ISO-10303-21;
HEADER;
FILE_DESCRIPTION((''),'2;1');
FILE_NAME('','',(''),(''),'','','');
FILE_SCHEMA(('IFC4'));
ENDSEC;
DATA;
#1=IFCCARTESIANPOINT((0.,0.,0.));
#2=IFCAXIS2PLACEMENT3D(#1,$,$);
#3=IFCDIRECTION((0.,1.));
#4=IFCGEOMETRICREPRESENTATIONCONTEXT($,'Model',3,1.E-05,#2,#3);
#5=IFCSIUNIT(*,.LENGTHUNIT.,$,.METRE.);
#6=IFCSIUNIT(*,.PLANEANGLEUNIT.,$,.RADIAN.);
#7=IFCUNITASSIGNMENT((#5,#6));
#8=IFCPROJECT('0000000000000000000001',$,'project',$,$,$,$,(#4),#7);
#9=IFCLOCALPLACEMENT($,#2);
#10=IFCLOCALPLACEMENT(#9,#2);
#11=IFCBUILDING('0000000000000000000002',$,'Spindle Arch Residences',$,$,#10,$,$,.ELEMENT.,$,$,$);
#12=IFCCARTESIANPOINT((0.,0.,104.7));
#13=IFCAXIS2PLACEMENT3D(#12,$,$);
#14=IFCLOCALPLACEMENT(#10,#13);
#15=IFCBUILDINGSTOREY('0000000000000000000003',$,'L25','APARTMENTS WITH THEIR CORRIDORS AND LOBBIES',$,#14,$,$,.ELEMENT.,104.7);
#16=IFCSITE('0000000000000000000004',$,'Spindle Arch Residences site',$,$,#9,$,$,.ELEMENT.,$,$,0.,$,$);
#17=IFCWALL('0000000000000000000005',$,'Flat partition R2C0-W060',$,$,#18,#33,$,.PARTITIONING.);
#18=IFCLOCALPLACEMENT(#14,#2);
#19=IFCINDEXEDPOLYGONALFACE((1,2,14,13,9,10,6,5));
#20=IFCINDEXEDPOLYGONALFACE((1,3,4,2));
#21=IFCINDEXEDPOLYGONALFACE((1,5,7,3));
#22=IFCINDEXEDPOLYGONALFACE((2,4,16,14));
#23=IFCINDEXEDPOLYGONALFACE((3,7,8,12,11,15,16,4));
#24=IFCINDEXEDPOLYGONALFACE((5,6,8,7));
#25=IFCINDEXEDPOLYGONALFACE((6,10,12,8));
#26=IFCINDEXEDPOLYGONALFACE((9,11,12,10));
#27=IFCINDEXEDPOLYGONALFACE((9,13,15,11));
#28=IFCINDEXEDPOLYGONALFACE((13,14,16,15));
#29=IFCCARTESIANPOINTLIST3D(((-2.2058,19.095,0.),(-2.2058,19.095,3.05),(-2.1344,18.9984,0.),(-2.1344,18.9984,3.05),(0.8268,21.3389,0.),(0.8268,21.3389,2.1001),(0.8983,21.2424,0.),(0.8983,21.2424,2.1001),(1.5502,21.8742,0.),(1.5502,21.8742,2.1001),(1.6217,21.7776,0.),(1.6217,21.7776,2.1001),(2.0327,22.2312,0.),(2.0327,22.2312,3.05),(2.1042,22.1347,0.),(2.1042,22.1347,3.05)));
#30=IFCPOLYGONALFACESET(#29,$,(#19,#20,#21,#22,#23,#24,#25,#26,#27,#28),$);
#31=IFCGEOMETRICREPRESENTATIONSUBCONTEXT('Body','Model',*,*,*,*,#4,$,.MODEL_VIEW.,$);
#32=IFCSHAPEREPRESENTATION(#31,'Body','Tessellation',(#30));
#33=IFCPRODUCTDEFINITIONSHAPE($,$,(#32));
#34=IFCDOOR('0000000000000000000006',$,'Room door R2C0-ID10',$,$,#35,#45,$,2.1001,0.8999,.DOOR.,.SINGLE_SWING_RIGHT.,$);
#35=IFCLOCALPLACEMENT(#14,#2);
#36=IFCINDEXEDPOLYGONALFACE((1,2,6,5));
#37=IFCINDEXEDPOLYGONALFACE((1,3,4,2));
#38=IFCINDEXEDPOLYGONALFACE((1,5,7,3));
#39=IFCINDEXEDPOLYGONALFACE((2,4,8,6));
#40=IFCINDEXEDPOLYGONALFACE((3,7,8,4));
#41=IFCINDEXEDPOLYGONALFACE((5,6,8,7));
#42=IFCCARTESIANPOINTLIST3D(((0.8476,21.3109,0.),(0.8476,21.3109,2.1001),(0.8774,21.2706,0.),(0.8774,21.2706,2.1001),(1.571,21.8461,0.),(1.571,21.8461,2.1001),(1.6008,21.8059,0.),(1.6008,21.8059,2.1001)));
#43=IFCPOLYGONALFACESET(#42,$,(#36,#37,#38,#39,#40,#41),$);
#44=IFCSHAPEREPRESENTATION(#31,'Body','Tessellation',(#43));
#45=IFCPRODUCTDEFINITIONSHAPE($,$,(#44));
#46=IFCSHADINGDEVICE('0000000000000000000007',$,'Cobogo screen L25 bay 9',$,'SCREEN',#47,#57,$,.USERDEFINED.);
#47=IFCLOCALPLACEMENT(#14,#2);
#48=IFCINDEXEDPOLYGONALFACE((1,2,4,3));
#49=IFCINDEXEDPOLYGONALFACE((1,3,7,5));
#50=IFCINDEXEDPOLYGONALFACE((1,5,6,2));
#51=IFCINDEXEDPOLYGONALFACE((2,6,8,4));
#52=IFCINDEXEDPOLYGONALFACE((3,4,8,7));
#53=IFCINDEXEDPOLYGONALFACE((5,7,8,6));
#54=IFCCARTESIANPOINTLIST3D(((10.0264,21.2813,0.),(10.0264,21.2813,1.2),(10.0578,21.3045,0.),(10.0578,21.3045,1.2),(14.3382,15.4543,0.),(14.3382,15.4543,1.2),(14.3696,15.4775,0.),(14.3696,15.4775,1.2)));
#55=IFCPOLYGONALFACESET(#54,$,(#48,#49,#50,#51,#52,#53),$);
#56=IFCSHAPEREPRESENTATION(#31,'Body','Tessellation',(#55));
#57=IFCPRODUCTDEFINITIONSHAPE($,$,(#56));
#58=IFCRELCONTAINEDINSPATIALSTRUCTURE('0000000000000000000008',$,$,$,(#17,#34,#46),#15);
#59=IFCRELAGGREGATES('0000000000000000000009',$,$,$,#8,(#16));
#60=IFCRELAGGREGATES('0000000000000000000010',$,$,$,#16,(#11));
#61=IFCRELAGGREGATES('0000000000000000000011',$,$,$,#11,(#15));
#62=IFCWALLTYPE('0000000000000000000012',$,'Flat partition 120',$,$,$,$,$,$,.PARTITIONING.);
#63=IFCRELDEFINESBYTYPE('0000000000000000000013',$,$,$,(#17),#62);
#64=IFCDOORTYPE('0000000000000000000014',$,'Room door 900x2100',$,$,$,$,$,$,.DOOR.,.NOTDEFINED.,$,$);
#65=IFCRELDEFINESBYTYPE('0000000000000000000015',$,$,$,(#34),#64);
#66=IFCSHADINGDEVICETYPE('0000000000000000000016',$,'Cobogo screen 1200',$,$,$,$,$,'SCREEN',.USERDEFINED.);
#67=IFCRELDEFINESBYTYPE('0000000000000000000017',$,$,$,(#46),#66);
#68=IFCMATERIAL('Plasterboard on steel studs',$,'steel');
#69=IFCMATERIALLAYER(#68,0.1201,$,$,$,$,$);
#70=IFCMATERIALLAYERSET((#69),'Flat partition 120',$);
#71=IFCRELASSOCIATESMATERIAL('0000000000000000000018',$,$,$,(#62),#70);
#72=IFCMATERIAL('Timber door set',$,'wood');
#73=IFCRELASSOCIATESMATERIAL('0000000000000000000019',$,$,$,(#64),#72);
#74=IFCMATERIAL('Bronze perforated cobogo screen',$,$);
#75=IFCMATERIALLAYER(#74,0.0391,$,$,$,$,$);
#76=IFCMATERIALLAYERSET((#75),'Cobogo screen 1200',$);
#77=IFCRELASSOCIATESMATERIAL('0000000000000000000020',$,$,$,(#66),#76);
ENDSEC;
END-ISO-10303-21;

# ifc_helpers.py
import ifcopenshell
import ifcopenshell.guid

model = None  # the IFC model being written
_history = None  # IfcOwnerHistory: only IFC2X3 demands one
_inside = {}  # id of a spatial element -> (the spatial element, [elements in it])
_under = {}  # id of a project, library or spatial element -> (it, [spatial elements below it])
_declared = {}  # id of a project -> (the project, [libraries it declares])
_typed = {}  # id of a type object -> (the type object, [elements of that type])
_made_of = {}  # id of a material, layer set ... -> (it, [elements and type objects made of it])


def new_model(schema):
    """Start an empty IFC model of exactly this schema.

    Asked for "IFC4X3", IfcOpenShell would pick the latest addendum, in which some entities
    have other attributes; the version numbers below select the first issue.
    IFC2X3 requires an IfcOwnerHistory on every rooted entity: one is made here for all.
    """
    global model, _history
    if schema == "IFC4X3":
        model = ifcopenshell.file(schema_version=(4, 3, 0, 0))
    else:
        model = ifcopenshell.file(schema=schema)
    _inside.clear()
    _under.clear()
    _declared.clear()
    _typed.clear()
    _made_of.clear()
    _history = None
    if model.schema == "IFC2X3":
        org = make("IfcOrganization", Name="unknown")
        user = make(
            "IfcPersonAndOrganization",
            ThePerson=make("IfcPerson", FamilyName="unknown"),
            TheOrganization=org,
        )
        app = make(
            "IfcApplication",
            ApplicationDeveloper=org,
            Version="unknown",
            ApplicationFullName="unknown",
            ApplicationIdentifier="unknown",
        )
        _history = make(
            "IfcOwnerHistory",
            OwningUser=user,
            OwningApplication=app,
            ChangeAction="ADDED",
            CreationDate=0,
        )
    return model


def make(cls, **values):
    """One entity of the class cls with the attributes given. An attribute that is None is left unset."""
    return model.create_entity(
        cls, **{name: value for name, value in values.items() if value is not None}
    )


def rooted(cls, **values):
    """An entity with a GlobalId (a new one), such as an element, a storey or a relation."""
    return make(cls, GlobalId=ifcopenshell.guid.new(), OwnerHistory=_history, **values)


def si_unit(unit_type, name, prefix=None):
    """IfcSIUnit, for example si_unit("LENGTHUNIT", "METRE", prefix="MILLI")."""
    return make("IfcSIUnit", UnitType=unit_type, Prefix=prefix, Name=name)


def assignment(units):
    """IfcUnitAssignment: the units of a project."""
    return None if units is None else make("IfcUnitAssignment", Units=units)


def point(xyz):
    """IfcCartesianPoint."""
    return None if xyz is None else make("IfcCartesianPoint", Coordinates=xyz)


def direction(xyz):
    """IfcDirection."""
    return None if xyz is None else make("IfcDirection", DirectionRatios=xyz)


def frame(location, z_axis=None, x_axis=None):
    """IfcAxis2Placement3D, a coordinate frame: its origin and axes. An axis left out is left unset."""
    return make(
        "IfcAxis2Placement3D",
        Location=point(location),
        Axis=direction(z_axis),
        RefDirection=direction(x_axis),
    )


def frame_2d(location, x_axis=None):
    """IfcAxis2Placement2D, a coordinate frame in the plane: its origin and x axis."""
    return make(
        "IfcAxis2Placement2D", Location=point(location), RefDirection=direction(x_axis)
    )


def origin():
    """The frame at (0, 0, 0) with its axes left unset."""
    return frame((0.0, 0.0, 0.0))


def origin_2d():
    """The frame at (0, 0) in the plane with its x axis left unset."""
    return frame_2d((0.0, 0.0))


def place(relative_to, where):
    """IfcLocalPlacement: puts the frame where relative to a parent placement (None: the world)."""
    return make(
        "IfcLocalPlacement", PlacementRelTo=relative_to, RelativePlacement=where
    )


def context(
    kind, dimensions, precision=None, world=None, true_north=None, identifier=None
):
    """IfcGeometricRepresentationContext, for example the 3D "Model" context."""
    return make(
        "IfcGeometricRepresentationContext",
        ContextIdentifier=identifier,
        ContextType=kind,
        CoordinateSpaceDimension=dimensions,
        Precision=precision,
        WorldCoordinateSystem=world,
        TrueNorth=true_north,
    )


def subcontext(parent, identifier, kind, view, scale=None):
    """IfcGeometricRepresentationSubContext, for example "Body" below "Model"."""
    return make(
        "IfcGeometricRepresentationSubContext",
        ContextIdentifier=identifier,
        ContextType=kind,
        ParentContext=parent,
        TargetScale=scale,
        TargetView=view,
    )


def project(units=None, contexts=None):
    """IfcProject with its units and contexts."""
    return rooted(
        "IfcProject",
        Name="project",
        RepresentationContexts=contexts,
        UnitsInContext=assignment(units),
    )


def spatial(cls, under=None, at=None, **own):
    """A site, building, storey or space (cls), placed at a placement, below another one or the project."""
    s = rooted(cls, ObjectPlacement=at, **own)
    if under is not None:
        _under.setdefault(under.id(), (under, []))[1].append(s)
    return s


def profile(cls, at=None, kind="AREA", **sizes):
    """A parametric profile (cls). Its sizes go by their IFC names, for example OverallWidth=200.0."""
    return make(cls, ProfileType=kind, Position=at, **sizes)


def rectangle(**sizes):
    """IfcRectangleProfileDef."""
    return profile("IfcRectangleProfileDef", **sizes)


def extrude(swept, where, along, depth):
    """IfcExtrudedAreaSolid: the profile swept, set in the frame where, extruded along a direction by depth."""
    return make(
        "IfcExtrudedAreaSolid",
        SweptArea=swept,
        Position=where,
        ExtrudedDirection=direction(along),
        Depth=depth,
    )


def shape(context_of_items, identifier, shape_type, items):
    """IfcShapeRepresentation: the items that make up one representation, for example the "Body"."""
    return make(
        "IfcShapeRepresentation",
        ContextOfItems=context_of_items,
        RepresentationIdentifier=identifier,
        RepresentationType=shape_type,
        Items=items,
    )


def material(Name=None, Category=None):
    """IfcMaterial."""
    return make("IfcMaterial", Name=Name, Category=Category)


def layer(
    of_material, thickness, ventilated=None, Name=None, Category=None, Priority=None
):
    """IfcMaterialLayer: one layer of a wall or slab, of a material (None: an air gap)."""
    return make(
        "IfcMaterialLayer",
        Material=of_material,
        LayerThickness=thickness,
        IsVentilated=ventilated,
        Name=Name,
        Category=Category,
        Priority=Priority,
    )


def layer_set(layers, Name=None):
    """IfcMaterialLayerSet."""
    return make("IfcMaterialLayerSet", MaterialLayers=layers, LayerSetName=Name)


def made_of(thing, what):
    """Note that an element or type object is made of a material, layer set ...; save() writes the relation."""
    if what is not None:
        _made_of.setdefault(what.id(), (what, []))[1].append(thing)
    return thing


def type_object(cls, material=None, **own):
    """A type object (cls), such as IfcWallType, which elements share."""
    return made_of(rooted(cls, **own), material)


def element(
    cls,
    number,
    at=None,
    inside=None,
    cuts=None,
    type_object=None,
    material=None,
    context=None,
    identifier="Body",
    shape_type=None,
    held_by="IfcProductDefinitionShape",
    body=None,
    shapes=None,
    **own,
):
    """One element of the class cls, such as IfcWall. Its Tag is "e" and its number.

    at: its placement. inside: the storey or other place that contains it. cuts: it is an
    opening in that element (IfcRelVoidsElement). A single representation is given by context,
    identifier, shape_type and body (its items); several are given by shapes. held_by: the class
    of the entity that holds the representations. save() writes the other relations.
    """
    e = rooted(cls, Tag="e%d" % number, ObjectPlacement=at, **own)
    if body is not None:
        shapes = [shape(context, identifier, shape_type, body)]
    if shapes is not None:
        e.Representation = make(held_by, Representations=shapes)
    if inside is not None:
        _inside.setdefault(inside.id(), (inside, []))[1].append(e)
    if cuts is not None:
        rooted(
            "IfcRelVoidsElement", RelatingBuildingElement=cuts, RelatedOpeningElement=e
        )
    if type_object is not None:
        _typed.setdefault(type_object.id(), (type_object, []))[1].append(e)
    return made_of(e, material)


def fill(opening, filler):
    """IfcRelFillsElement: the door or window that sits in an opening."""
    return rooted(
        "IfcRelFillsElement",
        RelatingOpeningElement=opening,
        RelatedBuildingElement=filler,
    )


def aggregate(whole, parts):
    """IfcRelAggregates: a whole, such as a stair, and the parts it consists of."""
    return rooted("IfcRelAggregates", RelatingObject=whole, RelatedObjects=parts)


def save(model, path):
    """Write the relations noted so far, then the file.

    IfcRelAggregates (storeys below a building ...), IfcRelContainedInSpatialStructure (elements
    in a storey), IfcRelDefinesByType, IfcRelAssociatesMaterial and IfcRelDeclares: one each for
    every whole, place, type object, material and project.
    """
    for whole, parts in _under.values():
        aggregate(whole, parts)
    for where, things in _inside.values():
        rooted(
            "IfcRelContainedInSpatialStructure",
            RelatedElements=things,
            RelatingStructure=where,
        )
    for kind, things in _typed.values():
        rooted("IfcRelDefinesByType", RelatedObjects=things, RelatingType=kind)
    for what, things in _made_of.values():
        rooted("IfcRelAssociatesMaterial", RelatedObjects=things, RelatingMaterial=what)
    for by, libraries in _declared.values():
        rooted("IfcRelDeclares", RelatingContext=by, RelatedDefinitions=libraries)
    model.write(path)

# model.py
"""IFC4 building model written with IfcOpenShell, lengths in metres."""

from ifc_helpers import new_model, si_unit, direction, frame, frame_2d, origin, origin_2d, place, context, subcontext, project, spatial, rectangle, extrude, material, layer, layer_set, type_object, element, fill, save


model = new_model("IFC4")

# Units and contexts
model_context = context("Model", 3, precision=1e-05, world=origin(), true_north=direction((0.0, 1.0)))
body_context = subcontext(model_context, "Body", "Model", "MODEL_VIEW")
ifc_project = project(units=[si_unit("LENGTHUNIT", "METRE"), si_unit("PLANEANGLEUNIT", "RADIAN")], contexts=[model_context])

# Site, building, storey
site_placement = place(None, origin())
site = spatial("IfcSite", under=ifc_project, at=site_placement, Name="Spindle Arch Residences site", CompositionType="ELEMENT", RefElevation=0.0)
building_placement = place(site_placement, origin())
building = spatial("IfcBuilding", under=site, at=building_placement, Name="Spindle Arch Residences", CompositionType="ELEMENT")
storey_placement = place(building_placement, frame((0.0, 0.0, 104.7)))
storey = spatial("IfcBuildingStorey", under=building, at=storey_placement, Name="L25", Description="APARTMENTS WITH THEIR CORRIDORS AND LOBBIES", CompositionType="ELEMENT", Elevation=104.7)

# Shared definitions
ifc_material_1 = material(Name="Plasterboard on steel studs", Category="steel")
ifc_layer_1 = layer(ifc_material_1, 0.1201)
ifc_layer_set_1 = layer_set([ifc_layer_1], Name="Flat partition 120")
wall_type = type_object("IfcWallType", Name="Flat partition 120", PredefinedType="PARTITIONING", material=ifc_layer_set_1)

# Shared definitions
ifc_material_2 = material(Name="Timber door set", Category="wood")
door_type = type_object("IfcDoorType", Name="Room door 900x2100", OperationType="NOTDEFINED", PredefinedType="DOOR", material=ifc_material_2)

# Wall, opening, door
wall_1_placement = place(storey_placement, frame((2.0684, 22.1829, 0.0), z_axis=(0.0, 0.0, 1.0), x_axis=(-0.803867, -0.594809, 0.0)))
wall_1 = element("IfcWall", 1, at=wall_1_placement, inside=storey, type_object=wall_type, Name="Flat partition R2C0-W060", PredefinedType="PARTITIONING", context=body_context, shape_type="SweptSolid", body=[
    extrude(rectangle(XDim=5.2727, YDim=0.1201, at=frame_2d((2.6362, 0.0))), origin(), (0.0, 0.0, 1.0), 3.05),
])
opening_1_placement = place(wall_1_placement, frame((0.6001, 0.0, 0.0)))
opening_1 = element("IfcOpeningElement", 2, at=opening_1_placement, cuts=wall_1, PredefinedType="OPENING", context=body_context, shape_type="SweptSolid", body=[
    extrude(rectangle(XDim=0.8999, YDim=2.1001, at=frame_2d((0.45, 1.05))), frame((0.0, 0.0701, 0.0), z_axis=(0.0, -1.0, 0.0), x_axis=(1.0, 0.0, 0.0)), (0.0, 0.0, 1.0), 0.1401),
])
door_1_placement = place(opening_1_placement, origin())
door_1 = element("IfcDoor", 3, at=door_1_placement, inside=storey, type_object=door_type, Name="Room door R2C0-ID10", OperationType="SINGLE_SWING_RIGHT", OverallHeight=2.1001, OverallWidth=0.8999, PredefinedType="DOOR", context=body_context, shape_type="SweptSolid", body=[
    extrude(rectangle(XDim=0.8999, YDim=2.1001, at=frame_2d((0.45, 1.05))), frame((0.0, 0.0249, 0.0), z_axis=(0.0, -1.0, 0.0), x_axis=(1.0, 0.0, 0.0)), (0.0, 0.0, 1.0), 0.05),
])
fill(opening_1, door_1)

# Shading device
ifc_material_3 = material(Name="Bronze perforated cobogo screen")
ifc_layer_2 = layer(ifc_material_3, 0.0391)
ifc_layer_set_2 = layer_set([ifc_layer_2], Name="Cobogo screen 1200")
shading_device_type = type_object("IfcShadingDeviceType", Name="Cobogo screen 1200", ElementType="SCREEN", PredefinedType="USERDEFINED", material=ifc_layer_set_2)
shading_device_placement = place(storey_placement, frame((12.198, 18.3794, 0.0), z_axis=(0.0, 0.0, 1.0), x_axis=(-0.594823, 0.803857, 0.0)))
element("IfcShadingDevice", 4, at=shading_device_placement, inside=storey, type_object=shading_device_type, Name="Cobogo screen L25 bay 9", ObjectType="SCREEN", PredefinedType="USERDEFINED", context=body_context, shape_type="SweptSolid", body=[
    extrude(rectangle(XDim=7.2488, YDim=0.0391, at=origin_2d()), origin(), (0.0, 0.0, 1.0), 1.2),
])

save(model, "model.ifc")
